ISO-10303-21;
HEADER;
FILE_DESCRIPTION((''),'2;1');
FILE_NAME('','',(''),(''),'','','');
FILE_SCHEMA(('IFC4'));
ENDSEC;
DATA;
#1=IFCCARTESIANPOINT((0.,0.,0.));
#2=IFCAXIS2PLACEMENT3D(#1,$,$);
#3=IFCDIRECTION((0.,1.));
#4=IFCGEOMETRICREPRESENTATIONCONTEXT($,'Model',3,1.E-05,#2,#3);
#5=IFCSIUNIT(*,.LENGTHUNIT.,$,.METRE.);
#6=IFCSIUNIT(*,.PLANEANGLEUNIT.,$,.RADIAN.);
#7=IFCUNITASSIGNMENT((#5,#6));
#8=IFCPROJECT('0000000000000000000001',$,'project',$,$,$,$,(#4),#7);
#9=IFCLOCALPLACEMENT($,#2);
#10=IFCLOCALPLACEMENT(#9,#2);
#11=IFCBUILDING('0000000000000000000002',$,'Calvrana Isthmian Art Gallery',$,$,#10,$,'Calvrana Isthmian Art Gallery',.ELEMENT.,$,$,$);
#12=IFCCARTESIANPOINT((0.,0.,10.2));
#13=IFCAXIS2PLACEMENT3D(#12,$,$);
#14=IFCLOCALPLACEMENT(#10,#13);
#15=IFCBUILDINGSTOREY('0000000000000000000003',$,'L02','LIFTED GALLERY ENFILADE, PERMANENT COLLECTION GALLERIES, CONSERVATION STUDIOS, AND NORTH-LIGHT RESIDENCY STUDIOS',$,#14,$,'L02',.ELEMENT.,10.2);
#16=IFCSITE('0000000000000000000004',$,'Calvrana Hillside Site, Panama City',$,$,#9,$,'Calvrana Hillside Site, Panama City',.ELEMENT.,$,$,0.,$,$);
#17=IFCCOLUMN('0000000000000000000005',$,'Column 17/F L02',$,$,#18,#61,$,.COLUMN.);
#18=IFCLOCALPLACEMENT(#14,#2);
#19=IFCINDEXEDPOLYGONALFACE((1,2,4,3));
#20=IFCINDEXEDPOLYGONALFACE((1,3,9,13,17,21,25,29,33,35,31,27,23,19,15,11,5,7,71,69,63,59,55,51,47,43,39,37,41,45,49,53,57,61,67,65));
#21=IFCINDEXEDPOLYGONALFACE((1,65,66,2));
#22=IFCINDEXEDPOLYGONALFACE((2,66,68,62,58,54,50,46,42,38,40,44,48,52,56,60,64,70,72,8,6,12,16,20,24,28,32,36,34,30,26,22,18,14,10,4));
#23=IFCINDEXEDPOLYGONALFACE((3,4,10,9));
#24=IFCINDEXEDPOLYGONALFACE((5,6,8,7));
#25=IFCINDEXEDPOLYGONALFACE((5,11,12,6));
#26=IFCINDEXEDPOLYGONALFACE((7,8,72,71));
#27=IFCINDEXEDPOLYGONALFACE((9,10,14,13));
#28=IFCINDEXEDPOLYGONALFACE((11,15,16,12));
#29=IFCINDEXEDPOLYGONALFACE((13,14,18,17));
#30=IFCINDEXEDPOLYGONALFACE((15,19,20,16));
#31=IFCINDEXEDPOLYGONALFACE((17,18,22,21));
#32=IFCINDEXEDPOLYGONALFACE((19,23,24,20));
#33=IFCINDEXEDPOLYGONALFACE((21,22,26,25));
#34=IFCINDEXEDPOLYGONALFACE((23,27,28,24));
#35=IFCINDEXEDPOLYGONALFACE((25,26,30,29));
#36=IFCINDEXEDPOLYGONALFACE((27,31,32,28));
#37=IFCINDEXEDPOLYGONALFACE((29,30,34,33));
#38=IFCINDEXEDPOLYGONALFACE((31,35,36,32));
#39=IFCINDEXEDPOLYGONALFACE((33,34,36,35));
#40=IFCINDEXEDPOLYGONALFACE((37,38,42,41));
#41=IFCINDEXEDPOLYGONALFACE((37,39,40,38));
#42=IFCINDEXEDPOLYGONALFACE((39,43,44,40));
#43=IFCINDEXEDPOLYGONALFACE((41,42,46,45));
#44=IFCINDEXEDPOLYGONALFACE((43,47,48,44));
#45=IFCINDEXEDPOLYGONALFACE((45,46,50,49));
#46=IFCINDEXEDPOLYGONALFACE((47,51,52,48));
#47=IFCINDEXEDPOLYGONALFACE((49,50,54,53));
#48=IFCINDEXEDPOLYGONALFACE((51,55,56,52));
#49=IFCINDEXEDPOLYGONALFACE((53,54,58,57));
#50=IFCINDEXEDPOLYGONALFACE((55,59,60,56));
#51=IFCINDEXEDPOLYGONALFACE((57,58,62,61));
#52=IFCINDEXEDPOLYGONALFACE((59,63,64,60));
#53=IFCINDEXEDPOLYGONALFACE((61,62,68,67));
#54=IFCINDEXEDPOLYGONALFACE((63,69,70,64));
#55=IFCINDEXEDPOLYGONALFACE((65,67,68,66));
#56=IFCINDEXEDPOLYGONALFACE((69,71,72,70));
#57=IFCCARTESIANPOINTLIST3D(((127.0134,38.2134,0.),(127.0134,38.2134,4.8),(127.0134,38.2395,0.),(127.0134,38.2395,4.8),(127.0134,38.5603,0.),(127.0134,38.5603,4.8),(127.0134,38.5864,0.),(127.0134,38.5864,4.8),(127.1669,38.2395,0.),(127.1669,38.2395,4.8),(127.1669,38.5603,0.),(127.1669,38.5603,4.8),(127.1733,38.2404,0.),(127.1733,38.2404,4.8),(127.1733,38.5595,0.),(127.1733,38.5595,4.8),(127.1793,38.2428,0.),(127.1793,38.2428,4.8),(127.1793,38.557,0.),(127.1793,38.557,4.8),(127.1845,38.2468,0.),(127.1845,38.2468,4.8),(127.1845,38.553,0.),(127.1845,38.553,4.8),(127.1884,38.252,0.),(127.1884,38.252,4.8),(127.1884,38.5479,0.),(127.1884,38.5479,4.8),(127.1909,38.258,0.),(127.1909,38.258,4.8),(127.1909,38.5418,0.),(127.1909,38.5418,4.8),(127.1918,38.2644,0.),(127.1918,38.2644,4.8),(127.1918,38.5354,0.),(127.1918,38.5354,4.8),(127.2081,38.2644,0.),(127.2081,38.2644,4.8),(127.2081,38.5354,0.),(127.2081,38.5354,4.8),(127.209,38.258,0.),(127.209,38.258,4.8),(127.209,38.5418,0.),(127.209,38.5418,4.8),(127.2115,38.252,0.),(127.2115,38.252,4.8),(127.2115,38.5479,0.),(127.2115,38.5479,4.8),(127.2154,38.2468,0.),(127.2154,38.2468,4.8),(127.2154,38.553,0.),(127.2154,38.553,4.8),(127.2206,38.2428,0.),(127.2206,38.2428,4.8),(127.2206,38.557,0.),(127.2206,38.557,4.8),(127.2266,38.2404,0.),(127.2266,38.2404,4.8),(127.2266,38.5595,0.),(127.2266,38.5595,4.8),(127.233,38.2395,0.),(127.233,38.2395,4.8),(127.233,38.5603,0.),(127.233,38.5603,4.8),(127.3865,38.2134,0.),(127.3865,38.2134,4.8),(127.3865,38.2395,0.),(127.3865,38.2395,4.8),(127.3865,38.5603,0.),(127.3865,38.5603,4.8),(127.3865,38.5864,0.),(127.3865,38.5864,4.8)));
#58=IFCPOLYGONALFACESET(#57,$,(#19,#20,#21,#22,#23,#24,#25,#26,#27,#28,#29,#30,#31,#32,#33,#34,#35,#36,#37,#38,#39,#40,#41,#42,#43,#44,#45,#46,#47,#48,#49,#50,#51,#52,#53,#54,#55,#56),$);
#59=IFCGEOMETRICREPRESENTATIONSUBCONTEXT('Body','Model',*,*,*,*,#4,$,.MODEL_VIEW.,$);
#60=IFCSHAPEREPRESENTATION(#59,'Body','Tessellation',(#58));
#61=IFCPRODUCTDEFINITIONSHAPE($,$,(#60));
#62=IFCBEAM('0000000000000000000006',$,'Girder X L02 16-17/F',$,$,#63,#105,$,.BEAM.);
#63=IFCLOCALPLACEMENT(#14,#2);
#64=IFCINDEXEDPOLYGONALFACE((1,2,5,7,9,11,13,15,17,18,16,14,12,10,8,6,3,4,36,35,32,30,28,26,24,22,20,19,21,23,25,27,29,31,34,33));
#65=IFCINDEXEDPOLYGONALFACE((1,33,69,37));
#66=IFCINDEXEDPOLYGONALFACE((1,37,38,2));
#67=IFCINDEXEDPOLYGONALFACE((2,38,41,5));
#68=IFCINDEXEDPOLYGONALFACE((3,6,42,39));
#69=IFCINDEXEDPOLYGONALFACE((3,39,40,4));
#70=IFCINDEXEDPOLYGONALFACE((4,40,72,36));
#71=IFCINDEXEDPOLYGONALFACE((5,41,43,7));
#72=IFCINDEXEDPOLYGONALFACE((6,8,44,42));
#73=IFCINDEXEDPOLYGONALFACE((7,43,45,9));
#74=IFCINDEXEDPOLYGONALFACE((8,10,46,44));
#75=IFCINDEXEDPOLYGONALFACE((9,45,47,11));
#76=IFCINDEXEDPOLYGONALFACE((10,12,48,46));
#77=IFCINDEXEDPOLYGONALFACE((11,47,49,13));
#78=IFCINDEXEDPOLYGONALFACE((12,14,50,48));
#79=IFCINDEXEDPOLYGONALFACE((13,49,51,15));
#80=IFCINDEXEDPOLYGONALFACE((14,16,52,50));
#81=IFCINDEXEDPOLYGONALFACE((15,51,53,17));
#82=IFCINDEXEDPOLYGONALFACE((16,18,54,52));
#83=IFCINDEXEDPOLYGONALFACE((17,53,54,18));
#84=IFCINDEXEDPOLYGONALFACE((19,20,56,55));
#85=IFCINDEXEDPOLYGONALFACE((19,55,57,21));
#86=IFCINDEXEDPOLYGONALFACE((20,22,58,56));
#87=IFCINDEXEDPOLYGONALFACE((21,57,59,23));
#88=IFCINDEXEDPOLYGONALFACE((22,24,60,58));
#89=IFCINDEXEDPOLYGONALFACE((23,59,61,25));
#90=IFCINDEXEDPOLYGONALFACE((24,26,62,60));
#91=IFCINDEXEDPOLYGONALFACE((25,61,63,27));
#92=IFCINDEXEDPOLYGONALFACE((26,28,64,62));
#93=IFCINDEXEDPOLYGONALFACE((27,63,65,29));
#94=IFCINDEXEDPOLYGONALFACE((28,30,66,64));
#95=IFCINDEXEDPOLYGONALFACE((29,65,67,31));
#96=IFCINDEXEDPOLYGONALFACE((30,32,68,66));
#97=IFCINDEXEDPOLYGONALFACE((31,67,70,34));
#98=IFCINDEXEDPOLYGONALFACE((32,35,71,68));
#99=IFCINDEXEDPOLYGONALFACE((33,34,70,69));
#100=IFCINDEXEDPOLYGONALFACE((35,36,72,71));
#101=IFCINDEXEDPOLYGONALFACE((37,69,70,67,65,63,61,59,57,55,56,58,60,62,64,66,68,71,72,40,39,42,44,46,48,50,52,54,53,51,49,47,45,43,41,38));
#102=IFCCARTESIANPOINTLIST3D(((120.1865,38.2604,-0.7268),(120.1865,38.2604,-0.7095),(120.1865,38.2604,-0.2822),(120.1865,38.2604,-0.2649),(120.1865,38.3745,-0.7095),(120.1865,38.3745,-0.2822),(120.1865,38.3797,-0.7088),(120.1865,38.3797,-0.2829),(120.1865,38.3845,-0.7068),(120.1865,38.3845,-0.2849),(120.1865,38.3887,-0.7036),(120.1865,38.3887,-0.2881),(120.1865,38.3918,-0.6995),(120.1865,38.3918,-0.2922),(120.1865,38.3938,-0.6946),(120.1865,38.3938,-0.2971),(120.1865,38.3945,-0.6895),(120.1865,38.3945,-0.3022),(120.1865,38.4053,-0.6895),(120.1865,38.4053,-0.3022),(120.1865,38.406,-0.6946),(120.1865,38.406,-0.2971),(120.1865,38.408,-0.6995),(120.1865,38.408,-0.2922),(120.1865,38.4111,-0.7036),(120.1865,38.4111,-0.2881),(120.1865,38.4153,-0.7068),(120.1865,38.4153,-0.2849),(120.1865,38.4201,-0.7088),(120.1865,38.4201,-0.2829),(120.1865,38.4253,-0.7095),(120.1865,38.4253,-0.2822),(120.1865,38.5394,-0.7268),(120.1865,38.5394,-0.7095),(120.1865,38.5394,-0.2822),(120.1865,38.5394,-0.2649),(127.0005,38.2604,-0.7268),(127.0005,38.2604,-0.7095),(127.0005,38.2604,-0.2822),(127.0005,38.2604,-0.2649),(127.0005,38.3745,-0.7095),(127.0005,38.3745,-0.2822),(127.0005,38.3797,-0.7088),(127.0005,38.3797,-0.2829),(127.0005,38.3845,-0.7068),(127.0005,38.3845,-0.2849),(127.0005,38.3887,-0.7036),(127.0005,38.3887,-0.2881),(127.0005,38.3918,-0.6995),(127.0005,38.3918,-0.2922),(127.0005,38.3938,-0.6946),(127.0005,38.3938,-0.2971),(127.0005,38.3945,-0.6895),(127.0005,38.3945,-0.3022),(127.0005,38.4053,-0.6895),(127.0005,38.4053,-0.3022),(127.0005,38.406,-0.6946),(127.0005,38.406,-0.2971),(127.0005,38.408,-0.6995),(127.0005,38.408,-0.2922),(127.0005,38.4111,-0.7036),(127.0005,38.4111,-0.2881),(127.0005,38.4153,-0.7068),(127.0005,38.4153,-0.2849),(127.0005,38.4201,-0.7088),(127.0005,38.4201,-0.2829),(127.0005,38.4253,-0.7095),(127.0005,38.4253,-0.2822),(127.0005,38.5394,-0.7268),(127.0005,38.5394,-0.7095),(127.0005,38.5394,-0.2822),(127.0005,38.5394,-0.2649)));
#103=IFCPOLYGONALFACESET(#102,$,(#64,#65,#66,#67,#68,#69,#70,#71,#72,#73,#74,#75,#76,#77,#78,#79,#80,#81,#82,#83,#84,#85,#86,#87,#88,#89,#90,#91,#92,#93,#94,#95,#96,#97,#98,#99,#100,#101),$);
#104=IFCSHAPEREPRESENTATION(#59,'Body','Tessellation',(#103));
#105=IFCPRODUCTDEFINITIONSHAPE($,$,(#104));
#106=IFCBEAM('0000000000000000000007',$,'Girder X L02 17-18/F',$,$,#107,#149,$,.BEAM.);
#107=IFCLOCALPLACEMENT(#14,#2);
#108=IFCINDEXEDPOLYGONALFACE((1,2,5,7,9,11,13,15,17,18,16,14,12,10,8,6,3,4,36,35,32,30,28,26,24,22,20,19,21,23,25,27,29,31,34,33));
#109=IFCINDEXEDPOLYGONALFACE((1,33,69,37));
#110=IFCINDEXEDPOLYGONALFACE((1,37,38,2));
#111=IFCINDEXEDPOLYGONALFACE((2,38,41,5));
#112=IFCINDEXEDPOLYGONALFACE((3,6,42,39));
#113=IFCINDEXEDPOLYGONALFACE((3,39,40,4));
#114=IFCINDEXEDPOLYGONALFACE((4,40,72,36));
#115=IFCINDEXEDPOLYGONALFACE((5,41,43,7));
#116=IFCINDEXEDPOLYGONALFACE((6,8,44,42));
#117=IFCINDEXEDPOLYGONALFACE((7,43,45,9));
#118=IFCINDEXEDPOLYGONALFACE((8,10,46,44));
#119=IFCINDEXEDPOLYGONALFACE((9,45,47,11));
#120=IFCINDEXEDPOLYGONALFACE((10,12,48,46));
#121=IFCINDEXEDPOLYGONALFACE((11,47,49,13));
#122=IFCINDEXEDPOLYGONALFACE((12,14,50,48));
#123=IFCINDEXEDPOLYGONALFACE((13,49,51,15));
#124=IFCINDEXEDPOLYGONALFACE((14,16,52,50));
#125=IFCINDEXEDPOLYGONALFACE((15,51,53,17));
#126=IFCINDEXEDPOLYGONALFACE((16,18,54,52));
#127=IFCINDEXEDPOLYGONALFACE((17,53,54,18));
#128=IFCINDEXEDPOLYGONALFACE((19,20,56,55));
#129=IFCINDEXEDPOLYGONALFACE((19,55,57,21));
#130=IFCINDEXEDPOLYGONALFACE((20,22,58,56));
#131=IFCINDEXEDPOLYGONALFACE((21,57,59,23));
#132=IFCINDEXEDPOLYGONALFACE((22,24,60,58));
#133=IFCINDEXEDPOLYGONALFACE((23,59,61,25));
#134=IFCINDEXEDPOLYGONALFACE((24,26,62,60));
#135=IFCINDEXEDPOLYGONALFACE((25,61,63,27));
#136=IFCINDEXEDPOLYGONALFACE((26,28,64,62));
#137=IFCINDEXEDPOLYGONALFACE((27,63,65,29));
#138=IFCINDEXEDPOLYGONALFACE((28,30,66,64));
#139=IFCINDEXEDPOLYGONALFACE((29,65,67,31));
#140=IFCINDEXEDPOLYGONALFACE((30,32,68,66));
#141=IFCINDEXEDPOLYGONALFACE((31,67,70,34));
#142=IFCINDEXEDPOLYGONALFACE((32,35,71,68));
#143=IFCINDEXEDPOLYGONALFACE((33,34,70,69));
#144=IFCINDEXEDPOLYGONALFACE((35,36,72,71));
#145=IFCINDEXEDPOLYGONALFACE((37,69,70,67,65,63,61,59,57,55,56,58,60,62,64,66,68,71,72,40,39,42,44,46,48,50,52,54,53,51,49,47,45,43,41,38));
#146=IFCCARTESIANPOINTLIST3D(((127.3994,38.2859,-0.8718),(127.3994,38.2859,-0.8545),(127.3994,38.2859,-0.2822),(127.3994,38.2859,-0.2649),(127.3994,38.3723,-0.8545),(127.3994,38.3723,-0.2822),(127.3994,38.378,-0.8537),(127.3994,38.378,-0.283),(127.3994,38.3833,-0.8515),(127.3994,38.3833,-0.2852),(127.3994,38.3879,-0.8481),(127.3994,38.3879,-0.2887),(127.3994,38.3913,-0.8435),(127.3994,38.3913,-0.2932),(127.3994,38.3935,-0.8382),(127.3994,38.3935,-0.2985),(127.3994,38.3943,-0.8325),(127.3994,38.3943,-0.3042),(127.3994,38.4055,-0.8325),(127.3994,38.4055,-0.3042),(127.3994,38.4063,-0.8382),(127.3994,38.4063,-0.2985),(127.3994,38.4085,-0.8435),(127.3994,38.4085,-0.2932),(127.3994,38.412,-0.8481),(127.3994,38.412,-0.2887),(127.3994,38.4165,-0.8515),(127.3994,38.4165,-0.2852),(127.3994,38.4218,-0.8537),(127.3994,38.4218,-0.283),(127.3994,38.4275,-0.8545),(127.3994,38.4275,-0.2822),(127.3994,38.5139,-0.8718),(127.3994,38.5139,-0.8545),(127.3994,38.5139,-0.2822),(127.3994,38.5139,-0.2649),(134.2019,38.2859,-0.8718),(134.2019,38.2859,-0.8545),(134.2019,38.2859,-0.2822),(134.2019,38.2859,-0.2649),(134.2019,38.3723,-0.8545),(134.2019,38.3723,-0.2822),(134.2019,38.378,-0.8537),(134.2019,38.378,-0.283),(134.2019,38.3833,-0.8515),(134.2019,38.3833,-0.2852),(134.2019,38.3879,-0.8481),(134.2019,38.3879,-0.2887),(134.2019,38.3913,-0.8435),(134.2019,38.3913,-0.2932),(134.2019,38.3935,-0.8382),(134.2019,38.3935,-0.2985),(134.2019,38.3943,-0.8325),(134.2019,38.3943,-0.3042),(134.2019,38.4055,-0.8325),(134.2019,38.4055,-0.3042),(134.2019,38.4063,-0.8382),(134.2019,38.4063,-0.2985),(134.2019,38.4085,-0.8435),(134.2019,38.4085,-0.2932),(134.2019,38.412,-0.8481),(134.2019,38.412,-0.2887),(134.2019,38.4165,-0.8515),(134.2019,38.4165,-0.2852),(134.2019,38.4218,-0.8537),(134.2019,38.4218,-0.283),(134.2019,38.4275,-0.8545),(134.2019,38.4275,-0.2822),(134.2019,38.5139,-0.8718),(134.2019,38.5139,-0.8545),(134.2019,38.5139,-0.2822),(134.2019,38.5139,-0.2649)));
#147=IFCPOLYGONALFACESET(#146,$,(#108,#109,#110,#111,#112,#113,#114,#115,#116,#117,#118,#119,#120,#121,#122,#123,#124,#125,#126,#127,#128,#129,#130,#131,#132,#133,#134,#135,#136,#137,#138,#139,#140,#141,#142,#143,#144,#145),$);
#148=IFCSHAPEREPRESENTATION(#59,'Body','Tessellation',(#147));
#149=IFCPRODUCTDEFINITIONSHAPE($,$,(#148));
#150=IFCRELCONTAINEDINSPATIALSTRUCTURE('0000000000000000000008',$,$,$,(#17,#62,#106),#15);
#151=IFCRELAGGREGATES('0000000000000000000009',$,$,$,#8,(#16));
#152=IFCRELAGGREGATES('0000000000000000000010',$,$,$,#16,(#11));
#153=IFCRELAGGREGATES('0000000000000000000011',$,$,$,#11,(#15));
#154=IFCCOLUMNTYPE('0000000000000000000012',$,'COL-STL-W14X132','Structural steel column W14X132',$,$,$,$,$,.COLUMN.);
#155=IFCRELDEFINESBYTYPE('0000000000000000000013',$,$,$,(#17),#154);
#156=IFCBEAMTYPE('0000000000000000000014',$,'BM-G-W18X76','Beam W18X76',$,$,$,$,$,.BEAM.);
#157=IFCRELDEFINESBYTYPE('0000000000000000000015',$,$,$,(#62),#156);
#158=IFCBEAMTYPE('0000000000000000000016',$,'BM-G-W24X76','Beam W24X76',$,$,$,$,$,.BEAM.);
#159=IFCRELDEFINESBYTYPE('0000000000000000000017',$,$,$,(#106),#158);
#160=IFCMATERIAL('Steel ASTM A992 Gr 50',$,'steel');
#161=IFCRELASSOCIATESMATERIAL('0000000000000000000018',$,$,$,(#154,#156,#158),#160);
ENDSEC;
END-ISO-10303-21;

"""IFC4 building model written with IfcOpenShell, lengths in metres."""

from ifc_helpers import new_model, si_unit, direction, frame, origin, origin_2d, place, context, subcontext, project, spatial, i_section, extrude, material, material_profile, profile_set, type_object, element, save


model = new_model("IFC4")

# Units and contexts
model_context = context("Model", 3, precision=1e-05, world=origin(), true_north=direction((0.0, 1.0)))
body_context = subcontext(model_context, "Body", "Model", "MODEL_VIEW")
ifc_project = project(units=[si_unit("LENGTHUNIT", "METRE"), si_unit("PLANEANGLEUNIT", "RADIAN")], contexts=[model_context])

# Site, building, storey
site_placement = place(None, origin())
site = spatial("IfcSite", under=ifc_project, at=site_placement, Name="Calvrana Hillside Site, Panama City", LongName="Calvrana Hillside Site, Panama City", CompositionType="ELEMENT", RefElevation=0.0)
building_placement = place(site_placement, origin())
building = spatial("IfcBuilding", under=site, at=building_placement, Name="Calvrana Isthmian Art Gallery", LongName="Calvrana Isthmian Art Gallery", CompositionType="ELEMENT")
storey_placement = place(building_placement, frame((0.0, 0.0, 10.2)))
storey = spatial("IfcBuildingStorey", under=building, at=storey_placement, Name="L02", Description="LIFTED GALLERY ENFILADE, PERMANENT COLLECTION GALLERIES, CONSERVATION STUDIOS, AND NORTH-LIGHT RESIDENCY STUDIOS", LongName="L02", CompositionType="ELEMENT", Elevation=10.2)

# Column
ifc_material_1 = material(Name="Steel ASTM A992 Gr 50", Category="steel")
ifc_material_profile_1 = material_profile(ifc_material_1, i_section(OverallWidth=0.373, OverallDepth=0.373, WebThickness=0.0164, FlangeThickness=0.0261, FilletRadius=0.0249, at=origin_2d()), Name="W14X132")
ifc_profile_set_1 = profile_set([ifc_material_profile_1], Name="Steel ASTM A992 Gr 50")
column_type = type_object("IfcColumnType", Name="COL-STL-W14X132", Description="Structural steel column W14X132", PredefinedType="COLUMN", material=ifc_profile_set_1)
column_placement = place(storey_placement, frame((127.2, 38.3999, 0.0), z_axis=(0.0, 0.0, 1.0), x_axis=(1.0, 0.0, 0.0)))
element("IfcColumn", 1, at=column_placement, inside=storey, type_object=column_type, Name="Column 17/F L02", PredefinedType="COLUMN", context=body_context, shape_type="SweptSolid", body=[
    extrude(i_section(OverallWidth=0.373, OverallDepth=0.373, WebThickness=0.0164, FlangeThickness=0.0261, FilletRadius=0.0249, at=origin_2d()), origin(), (0.0, 0.0, 1.0), 4.8),
])

# Beams
ifc_material_profile_2 = material_profile(ifc_material_1, i_section(OverallWidth=0.2791, OverallDepth=0.4619, WebThickness=0.0107, FlangeThickness=0.0173, FilletRadius=0.02, at=origin_2d()), Name="W18X76")
ifc_profile_set_2 = profile_set([ifc_material_profile_2], Name="Steel ASTM A992 Gr 50")
beam_type_1 = type_object("IfcBeamType", Name="BM-G-W18X76", Description="Beam W18X76", PredefinedType="BEAM", material=ifc_profile_set_2)
beam_1_placement = place(storey_placement, frame((120.1865, 38.3999, -0.4958), z_axis=(1.0, 0.0, 0.0), x_axis=(0.0, 1.0, 0.0)))
element("IfcBeam", 2, at=beam_1_placement, inside=storey, type_object=beam_type_1, Name="Girder X L02 16-17/F", PredefinedType="BEAM", context=body_context, shape_type="SweptSolid", body=[
    extrude(i_section(OverallWidth=0.2791, OverallDepth=0.4619, WebThickness=0.0107, FlangeThickness=0.0173, FilletRadius=0.02, at=origin_2d()), origin(), (0.0, 0.0, 1.0), 6.814),
])
ifc_material_profile_3 = material_profile(ifc_material_1, i_section(OverallWidth=0.228, OverallDepth=0.6069, WebThickness=0.0112, FlangeThickness=0.0173, FilletRadius=0.022, at=origin_2d()), Name="W24X76")
ifc_profile_set_3 = profile_set([ifc_material_profile_3], Name="Steel ASTM A992 Gr 50")
beam_type_2 = type_object("IfcBeamType", Name="BM-G-W24X76", Description="Beam W24X76", PredefinedType="BEAM", material=ifc_profile_set_3)
beam_2_placement = place(storey_placement, frame((127.3994, 38.3999, -0.5684), z_axis=(1.0, 0.0, 0.0), x_axis=(0.0, 1.0, 0.0)))
element("IfcBeam", 3, at=beam_2_placement, inside=storey, type_object=beam_type_2, Name="Girder X L02 17-18/F", PredefinedType="BEAM", context=body_context, shape_type="SweptSolid", body=[
    extrude(i_section(OverallWidth=0.228, OverallDepth=0.6069, WebThickness=0.0112, FlangeThickness=0.0173, FilletRadius=0.022, at=origin_2d()), origin(), (0.0, 0.0, 1.0), 6.8025),
])

save(model, "model.ifc")
